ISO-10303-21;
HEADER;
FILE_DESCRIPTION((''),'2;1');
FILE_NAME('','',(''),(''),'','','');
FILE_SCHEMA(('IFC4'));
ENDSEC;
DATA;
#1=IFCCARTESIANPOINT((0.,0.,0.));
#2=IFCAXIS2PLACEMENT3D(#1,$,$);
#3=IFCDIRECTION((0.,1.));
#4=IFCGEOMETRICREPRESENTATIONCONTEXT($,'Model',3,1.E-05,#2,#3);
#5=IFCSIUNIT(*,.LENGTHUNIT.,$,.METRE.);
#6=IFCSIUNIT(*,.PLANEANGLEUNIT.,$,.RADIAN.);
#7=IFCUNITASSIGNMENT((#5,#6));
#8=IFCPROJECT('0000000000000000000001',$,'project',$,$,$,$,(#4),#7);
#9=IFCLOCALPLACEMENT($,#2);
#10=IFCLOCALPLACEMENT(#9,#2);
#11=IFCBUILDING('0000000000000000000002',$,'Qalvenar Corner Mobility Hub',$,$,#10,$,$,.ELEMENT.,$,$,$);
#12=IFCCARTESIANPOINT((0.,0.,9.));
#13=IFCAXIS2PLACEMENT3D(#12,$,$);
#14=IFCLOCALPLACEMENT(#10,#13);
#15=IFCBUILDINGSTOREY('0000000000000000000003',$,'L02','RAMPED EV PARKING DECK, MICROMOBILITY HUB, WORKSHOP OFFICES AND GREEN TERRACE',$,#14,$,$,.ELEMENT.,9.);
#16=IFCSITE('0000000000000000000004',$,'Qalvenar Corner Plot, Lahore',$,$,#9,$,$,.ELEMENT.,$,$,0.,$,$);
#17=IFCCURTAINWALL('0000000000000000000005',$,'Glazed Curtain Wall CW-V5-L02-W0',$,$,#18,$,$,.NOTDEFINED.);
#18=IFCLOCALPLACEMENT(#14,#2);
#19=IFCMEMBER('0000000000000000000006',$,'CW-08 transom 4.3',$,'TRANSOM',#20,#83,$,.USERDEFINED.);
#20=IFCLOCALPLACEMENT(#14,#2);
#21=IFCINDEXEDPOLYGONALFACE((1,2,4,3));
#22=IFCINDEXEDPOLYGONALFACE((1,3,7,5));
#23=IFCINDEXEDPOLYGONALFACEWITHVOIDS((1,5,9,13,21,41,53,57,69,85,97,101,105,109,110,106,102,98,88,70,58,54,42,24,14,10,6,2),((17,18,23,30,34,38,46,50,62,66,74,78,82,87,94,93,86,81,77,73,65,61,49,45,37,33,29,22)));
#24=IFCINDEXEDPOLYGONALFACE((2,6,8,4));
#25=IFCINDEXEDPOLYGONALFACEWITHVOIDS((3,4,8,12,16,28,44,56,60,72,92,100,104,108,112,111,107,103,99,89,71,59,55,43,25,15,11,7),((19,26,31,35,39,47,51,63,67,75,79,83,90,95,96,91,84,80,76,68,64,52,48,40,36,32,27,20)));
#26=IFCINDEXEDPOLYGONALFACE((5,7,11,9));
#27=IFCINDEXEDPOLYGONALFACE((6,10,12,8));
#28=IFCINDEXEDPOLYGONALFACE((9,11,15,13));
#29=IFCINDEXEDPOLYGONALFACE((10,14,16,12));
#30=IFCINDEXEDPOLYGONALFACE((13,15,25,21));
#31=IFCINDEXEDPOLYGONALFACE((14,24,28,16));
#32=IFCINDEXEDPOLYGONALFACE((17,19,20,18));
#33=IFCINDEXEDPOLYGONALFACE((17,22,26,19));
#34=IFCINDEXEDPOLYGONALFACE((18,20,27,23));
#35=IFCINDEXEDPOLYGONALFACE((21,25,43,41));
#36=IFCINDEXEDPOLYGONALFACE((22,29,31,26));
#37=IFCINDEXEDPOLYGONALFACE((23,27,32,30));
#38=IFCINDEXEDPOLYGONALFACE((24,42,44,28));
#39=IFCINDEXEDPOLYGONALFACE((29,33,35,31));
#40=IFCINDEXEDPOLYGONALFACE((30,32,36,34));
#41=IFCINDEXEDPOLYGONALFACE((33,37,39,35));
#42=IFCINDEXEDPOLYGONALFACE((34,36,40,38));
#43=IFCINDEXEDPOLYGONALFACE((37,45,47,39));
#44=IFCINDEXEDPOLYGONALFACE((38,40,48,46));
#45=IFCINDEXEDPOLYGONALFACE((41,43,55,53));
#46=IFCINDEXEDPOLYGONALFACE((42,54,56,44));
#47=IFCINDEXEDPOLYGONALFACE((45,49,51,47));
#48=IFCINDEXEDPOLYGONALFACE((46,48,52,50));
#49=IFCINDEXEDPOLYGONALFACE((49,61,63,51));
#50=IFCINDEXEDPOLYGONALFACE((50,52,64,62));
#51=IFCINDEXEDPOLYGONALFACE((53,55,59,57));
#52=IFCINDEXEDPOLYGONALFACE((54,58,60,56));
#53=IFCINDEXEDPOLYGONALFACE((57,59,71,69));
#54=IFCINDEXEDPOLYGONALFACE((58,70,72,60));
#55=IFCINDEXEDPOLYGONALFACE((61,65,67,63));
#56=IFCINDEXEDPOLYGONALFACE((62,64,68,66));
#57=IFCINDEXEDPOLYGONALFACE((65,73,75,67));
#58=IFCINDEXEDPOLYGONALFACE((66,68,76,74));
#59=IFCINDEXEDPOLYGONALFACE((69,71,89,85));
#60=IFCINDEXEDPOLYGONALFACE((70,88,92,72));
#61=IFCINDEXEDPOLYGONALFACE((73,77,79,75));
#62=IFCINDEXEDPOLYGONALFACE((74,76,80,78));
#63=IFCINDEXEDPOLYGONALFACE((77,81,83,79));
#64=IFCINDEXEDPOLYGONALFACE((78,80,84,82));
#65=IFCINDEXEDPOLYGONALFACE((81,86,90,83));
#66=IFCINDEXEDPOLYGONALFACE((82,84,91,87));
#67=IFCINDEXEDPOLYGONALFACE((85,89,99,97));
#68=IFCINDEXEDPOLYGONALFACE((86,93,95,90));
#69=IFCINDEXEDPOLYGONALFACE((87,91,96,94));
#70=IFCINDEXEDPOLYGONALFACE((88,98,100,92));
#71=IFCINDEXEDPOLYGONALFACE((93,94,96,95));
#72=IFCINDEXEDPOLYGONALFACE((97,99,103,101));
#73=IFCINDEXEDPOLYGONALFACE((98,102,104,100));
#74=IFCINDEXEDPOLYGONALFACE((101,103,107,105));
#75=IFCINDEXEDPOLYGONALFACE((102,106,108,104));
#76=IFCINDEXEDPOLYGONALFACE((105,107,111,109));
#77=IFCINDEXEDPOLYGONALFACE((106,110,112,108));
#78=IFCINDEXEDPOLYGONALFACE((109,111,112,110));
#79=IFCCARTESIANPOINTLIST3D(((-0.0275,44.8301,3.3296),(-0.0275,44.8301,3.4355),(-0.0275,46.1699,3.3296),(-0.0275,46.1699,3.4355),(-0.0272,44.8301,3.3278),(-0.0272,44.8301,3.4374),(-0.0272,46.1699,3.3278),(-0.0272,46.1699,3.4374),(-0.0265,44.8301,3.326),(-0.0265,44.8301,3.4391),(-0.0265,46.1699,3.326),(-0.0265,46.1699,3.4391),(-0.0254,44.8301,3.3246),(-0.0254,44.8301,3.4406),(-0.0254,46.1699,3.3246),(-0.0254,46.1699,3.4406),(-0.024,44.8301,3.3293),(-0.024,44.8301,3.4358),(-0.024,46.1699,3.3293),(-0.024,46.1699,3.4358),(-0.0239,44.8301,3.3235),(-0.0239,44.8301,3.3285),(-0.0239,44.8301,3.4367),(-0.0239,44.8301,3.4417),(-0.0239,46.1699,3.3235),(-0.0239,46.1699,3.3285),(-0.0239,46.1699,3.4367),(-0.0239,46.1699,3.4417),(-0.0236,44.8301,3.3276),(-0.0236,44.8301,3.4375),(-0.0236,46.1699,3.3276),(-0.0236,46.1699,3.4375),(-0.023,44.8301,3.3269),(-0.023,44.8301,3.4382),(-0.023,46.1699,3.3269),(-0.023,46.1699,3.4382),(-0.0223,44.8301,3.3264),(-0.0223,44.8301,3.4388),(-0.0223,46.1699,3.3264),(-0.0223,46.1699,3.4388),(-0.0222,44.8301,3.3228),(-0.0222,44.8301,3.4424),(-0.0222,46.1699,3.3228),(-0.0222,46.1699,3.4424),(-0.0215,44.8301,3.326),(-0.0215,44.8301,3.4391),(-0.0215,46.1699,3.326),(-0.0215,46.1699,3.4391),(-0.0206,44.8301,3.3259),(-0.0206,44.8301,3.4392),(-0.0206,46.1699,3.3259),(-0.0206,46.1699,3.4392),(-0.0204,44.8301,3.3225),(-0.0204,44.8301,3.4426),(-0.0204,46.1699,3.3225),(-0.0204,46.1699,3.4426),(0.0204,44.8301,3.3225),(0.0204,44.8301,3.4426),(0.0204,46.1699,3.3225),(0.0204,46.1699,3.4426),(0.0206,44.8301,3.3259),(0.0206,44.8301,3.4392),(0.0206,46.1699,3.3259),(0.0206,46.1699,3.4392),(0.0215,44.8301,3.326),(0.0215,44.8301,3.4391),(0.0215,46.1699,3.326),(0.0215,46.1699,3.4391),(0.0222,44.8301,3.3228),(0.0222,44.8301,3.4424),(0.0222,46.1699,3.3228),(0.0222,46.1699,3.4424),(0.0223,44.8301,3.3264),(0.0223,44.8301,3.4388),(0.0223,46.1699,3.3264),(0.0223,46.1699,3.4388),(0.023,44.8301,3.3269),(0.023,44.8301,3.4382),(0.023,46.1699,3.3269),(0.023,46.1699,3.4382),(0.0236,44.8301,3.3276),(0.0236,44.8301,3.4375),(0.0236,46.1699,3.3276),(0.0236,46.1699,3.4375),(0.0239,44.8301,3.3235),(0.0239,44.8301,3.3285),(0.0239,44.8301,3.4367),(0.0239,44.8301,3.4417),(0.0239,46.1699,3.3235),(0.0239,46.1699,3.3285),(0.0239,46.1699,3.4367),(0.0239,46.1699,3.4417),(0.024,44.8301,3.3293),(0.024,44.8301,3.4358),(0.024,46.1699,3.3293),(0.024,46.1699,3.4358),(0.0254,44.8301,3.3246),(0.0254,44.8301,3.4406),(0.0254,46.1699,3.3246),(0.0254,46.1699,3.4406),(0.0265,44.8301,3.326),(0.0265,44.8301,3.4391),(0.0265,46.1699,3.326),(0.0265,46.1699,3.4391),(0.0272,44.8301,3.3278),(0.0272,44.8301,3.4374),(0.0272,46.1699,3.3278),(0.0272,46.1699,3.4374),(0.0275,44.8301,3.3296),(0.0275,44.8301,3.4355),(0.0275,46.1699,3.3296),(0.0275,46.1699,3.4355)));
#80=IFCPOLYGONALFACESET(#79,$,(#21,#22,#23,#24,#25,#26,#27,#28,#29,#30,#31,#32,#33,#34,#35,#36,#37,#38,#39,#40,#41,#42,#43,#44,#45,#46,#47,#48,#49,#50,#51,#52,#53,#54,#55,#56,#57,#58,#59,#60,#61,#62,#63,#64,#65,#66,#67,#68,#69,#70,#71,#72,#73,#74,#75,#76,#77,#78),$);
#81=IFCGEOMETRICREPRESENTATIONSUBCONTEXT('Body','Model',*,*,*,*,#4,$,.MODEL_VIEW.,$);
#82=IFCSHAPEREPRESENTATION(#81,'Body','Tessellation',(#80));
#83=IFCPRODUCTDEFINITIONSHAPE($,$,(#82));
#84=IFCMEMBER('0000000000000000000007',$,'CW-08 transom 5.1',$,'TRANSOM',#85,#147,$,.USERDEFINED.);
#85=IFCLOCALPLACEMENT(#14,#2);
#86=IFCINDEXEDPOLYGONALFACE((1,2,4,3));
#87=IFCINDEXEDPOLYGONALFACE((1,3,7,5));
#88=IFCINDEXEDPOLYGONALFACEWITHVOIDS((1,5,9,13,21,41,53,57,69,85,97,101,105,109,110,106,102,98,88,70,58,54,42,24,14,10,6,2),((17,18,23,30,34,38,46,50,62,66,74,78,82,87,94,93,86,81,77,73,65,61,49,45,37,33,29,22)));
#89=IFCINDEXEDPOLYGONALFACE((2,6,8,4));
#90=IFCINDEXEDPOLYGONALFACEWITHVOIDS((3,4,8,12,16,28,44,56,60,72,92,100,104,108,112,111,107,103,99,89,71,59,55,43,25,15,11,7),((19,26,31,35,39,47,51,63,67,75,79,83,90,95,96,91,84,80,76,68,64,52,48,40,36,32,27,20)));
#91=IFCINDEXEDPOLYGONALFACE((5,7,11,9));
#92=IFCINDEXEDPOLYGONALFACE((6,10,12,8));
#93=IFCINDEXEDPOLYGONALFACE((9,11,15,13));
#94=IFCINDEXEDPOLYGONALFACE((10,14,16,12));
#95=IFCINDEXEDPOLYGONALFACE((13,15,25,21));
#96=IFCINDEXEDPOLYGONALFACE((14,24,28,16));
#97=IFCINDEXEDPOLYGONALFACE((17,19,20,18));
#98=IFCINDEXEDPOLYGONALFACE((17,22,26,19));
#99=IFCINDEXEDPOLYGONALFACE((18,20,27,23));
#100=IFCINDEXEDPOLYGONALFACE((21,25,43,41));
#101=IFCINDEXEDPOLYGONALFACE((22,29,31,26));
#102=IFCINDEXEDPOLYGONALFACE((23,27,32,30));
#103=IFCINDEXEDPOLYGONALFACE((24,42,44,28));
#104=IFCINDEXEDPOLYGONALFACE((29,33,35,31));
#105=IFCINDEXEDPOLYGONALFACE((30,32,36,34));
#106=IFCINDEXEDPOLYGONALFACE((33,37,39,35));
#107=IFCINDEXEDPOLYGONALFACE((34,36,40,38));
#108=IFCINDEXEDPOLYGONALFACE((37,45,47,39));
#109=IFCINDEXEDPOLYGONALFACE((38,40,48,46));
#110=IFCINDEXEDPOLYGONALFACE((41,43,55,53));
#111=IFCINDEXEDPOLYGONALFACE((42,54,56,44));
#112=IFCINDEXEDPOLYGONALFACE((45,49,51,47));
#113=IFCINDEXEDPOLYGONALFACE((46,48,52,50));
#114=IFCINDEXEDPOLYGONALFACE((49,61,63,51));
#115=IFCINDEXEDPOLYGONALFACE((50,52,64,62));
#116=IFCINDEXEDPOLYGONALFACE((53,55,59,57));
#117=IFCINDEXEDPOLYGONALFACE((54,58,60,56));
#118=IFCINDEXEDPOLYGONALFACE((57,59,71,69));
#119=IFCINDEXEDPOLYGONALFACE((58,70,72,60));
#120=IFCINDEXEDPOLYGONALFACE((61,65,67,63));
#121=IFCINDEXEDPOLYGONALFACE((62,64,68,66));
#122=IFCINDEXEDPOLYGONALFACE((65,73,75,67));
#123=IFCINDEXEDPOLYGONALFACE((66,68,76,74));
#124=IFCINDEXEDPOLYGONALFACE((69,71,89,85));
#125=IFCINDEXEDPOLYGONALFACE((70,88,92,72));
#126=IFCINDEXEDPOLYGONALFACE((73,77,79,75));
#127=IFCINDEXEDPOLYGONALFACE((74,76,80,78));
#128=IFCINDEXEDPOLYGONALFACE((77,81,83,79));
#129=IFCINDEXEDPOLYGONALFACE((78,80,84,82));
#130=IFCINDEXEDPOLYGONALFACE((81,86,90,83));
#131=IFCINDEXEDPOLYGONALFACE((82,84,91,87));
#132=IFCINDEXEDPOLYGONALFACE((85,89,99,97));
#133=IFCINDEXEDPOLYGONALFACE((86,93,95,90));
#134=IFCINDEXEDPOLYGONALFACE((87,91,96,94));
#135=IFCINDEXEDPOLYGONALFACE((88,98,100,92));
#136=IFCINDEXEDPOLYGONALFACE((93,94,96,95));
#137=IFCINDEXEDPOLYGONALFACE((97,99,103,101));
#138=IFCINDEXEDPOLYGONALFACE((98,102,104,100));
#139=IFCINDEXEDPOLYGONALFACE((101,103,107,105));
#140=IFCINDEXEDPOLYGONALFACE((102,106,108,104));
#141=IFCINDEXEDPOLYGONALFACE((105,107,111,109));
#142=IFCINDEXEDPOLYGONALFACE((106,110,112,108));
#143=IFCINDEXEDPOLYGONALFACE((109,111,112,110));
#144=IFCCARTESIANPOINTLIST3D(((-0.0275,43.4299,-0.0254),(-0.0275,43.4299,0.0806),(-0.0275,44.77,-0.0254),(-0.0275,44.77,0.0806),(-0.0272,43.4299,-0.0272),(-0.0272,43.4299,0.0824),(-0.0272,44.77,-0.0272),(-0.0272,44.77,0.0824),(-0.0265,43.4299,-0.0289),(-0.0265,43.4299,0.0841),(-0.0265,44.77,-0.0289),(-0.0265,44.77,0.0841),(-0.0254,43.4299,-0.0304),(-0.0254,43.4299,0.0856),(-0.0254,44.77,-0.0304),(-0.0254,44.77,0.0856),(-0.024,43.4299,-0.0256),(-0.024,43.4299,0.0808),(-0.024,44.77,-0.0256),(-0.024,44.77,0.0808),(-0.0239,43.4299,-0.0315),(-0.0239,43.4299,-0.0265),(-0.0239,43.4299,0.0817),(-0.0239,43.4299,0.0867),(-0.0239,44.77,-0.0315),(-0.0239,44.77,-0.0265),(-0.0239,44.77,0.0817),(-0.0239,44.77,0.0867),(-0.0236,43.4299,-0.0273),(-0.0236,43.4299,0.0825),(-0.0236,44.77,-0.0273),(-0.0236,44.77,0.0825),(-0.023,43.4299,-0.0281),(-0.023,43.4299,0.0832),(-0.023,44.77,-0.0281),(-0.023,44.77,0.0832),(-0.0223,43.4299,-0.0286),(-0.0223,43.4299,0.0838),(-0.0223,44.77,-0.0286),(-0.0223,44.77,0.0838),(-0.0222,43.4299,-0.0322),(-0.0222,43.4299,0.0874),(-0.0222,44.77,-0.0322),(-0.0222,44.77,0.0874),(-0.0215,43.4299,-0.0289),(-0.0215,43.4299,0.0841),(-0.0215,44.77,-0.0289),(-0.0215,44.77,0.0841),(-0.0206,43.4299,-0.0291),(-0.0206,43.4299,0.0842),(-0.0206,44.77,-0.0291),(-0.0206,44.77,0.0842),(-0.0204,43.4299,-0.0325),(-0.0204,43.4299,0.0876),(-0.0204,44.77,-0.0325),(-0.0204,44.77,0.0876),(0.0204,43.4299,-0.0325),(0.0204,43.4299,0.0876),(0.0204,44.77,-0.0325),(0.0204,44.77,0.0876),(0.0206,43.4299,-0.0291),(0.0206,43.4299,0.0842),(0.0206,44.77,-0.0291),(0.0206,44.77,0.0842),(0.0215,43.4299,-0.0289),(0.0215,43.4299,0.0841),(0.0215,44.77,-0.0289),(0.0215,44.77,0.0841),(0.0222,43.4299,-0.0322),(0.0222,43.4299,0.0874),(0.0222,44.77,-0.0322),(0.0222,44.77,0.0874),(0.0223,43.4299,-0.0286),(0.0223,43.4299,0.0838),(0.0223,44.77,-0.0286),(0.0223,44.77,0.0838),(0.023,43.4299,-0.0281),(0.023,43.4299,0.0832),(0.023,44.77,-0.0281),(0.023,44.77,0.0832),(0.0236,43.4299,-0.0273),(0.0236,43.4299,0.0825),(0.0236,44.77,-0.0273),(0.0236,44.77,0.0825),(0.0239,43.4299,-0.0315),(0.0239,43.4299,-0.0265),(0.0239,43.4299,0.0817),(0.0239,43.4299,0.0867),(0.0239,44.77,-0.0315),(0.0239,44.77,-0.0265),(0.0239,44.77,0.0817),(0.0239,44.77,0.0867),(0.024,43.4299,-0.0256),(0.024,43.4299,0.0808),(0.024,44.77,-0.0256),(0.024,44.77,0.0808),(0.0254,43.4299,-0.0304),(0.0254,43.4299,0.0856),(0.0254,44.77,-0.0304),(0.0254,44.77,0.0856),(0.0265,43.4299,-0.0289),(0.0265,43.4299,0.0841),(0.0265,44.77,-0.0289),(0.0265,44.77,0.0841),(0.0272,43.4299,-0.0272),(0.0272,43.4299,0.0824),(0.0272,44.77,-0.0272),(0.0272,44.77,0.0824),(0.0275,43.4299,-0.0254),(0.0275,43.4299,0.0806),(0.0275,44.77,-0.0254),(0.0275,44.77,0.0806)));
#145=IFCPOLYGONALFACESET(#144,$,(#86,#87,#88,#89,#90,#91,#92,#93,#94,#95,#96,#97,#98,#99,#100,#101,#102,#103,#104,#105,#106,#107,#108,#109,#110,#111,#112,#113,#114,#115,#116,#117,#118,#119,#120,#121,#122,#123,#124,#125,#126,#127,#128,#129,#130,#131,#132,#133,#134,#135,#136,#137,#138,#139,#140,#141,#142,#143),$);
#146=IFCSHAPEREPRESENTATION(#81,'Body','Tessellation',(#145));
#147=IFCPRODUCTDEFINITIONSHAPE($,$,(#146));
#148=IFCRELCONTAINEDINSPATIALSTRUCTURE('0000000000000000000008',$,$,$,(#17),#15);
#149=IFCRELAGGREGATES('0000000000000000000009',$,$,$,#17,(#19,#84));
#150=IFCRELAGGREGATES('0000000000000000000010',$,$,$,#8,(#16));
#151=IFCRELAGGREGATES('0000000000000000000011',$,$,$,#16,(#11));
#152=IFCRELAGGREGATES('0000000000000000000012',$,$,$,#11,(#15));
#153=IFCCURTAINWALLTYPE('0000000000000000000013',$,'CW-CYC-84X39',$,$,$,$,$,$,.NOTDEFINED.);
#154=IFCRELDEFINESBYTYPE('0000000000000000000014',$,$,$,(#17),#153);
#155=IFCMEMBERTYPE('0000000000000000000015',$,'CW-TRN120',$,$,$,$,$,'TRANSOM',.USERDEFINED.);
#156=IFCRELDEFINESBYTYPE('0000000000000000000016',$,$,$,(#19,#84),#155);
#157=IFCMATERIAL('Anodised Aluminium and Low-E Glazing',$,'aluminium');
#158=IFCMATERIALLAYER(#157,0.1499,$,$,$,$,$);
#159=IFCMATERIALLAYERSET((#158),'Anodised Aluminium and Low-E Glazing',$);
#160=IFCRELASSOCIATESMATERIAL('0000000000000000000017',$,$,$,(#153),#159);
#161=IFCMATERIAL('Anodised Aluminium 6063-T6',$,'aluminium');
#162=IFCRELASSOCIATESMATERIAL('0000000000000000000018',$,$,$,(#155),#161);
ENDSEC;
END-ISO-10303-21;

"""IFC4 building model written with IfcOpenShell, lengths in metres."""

from ifc_helpers import new_model, si_unit, direction, frame, origin, origin_2d, place, context, subcontext, project, spatial, hollow_rectangle, extrude, material, layer, layer_set, material_profile, profile_set, type_object, element, aggregate, save


model = new_model("IFC4")

# Units and contexts
model_context = context("Model", 3, precision=1e-05, world=origin(), true_north=direction((0.0, 1.0)))
body_context = subcontext(model_context, "Body", "Model", "MODEL_VIEW")
ifc_project = project(units=[si_unit("LENGTHUNIT", "METRE"), si_unit("PLANEANGLEUNIT", "RADIAN")], contexts=[model_context])

# Site, building, storey
site_placement = place(None, origin())
site = spatial("IfcSite", under=ifc_project, at=site_placement, Name="Qalvenar Corner Plot, Lahore", CompositionType="ELEMENT", RefElevation=0.0)
building_placement = place(site_placement, origin())
building = spatial("IfcBuilding", under=site, at=building_placement, Name="Qalvenar Corner Mobility Hub", CompositionType="ELEMENT")
storey_placement = place(building_placement, frame((0.0, 0.0, 9.0)))
storey = spatial("IfcBuildingStorey", under=building, at=storey_placement, Name="L02", Description="RAMPED EV PARKING DECK, MICROMOBILITY HUB, WORKSHOP OFFICES AND GREEN TERRACE", CompositionType="ELEMENT", Elevation=9.0)

# Curtain wall, members
ifc_material_1 = material(Name="Anodised Aluminium and Low-E Glazing", Category="aluminium")
ifc_layer_1 = layer(ifc_material_1, 0.1499)
ifc_layer_set_1 = layer_set([ifc_layer_1], Name="Anodised Aluminium and Low-E Glazing")
curtain_wall_type = type_object("IfcCurtainWallType", Name="CW-CYC-84X39", PredefinedType="NOTDEFINED", material=ifc_layer_set_1)
curtain_wall_placement = place(storey_placement, origin())
curtain_wall = element("IfcCurtainWall", 1, at=curtain_wall_placement, inside=storey, type_object=curtain_wall_type, Name="Glazed Curtain Wall CW-V5-L02-W0", PredefinedType="NOTDEFINED")
ifc_material_2 = material(Name="Anodised Aluminium 6063-T6", Category="aluminium")
ifc_material_profile_1 = material_profile(ifc_material_2, hollow_rectangle(XDim=0.0549, YDim=0.1201, WallThickness=0.0034, InnerFilletRadius=0.0034, OuterFilletRadius=0.0071, at=origin_2d()), Name="RHS120x55x3.5")
ifc_profile_set_1 = profile_set([ifc_material_profile_1], Name="Anodised Aluminium 6063-T6")
member_type_1 = type_object("IfcMemberType", Name="CW-TRN120", ElementType="TRANSOM", PredefinedType="USERDEFINED", material=ifc_profile_set_1)
member_1_placement = place(storey_placement, frame((0.0, 46.1699, 3.3826), z_axis=(0.0, -1.0, 0.0), x_axis=(1.0, 0.0, 0.0)))
member_1 = element("IfcMember", 2, at=member_1_placement, type_object=member_type_1, Name="CW-08 transom 4.3", ObjectType="TRANSOM", PredefinedType="USERDEFINED", context=body_context, shape_type="SweptSolid", body=[
    extrude(hollow_rectangle(XDim=0.0549, YDim=0.1201, WallThickness=0.0034, InnerFilletRadius=0.0034, OuterFilletRadius=0.0071, at=origin_2d()), origin(), (0.0, 0.0, 1.0), 1.3398),
])
member_2_placement = place(storey_placement, frame((0.0, 44.77, 0.0276), z_axis=(0.0, -1.0, 0.0), x_axis=(1.0, 0.0, 0.0)))
member_2 = element("IfcMember", 3, at=member_2_placement, type_object=member_type_1, Name="CW-08 transom 5.1", ObjectType="TRANSOM", PredefinedType="USERDEFINED", context=body_context, shape_type="SweptSolid", body=[
    extrude(hollow_rectangle(XDim=0.0549, YDim=0.1201, WallThickness=0.0034, InnerFilletRadius=0.0034, OuterFilletRadius=0.0071, at=origin_2d()), origin(), (0.0, 0.0, 1.0), 1.3401),
])
aggregate(curtain_wall, [member_1, member_2])

save(model, "model.ifc")
